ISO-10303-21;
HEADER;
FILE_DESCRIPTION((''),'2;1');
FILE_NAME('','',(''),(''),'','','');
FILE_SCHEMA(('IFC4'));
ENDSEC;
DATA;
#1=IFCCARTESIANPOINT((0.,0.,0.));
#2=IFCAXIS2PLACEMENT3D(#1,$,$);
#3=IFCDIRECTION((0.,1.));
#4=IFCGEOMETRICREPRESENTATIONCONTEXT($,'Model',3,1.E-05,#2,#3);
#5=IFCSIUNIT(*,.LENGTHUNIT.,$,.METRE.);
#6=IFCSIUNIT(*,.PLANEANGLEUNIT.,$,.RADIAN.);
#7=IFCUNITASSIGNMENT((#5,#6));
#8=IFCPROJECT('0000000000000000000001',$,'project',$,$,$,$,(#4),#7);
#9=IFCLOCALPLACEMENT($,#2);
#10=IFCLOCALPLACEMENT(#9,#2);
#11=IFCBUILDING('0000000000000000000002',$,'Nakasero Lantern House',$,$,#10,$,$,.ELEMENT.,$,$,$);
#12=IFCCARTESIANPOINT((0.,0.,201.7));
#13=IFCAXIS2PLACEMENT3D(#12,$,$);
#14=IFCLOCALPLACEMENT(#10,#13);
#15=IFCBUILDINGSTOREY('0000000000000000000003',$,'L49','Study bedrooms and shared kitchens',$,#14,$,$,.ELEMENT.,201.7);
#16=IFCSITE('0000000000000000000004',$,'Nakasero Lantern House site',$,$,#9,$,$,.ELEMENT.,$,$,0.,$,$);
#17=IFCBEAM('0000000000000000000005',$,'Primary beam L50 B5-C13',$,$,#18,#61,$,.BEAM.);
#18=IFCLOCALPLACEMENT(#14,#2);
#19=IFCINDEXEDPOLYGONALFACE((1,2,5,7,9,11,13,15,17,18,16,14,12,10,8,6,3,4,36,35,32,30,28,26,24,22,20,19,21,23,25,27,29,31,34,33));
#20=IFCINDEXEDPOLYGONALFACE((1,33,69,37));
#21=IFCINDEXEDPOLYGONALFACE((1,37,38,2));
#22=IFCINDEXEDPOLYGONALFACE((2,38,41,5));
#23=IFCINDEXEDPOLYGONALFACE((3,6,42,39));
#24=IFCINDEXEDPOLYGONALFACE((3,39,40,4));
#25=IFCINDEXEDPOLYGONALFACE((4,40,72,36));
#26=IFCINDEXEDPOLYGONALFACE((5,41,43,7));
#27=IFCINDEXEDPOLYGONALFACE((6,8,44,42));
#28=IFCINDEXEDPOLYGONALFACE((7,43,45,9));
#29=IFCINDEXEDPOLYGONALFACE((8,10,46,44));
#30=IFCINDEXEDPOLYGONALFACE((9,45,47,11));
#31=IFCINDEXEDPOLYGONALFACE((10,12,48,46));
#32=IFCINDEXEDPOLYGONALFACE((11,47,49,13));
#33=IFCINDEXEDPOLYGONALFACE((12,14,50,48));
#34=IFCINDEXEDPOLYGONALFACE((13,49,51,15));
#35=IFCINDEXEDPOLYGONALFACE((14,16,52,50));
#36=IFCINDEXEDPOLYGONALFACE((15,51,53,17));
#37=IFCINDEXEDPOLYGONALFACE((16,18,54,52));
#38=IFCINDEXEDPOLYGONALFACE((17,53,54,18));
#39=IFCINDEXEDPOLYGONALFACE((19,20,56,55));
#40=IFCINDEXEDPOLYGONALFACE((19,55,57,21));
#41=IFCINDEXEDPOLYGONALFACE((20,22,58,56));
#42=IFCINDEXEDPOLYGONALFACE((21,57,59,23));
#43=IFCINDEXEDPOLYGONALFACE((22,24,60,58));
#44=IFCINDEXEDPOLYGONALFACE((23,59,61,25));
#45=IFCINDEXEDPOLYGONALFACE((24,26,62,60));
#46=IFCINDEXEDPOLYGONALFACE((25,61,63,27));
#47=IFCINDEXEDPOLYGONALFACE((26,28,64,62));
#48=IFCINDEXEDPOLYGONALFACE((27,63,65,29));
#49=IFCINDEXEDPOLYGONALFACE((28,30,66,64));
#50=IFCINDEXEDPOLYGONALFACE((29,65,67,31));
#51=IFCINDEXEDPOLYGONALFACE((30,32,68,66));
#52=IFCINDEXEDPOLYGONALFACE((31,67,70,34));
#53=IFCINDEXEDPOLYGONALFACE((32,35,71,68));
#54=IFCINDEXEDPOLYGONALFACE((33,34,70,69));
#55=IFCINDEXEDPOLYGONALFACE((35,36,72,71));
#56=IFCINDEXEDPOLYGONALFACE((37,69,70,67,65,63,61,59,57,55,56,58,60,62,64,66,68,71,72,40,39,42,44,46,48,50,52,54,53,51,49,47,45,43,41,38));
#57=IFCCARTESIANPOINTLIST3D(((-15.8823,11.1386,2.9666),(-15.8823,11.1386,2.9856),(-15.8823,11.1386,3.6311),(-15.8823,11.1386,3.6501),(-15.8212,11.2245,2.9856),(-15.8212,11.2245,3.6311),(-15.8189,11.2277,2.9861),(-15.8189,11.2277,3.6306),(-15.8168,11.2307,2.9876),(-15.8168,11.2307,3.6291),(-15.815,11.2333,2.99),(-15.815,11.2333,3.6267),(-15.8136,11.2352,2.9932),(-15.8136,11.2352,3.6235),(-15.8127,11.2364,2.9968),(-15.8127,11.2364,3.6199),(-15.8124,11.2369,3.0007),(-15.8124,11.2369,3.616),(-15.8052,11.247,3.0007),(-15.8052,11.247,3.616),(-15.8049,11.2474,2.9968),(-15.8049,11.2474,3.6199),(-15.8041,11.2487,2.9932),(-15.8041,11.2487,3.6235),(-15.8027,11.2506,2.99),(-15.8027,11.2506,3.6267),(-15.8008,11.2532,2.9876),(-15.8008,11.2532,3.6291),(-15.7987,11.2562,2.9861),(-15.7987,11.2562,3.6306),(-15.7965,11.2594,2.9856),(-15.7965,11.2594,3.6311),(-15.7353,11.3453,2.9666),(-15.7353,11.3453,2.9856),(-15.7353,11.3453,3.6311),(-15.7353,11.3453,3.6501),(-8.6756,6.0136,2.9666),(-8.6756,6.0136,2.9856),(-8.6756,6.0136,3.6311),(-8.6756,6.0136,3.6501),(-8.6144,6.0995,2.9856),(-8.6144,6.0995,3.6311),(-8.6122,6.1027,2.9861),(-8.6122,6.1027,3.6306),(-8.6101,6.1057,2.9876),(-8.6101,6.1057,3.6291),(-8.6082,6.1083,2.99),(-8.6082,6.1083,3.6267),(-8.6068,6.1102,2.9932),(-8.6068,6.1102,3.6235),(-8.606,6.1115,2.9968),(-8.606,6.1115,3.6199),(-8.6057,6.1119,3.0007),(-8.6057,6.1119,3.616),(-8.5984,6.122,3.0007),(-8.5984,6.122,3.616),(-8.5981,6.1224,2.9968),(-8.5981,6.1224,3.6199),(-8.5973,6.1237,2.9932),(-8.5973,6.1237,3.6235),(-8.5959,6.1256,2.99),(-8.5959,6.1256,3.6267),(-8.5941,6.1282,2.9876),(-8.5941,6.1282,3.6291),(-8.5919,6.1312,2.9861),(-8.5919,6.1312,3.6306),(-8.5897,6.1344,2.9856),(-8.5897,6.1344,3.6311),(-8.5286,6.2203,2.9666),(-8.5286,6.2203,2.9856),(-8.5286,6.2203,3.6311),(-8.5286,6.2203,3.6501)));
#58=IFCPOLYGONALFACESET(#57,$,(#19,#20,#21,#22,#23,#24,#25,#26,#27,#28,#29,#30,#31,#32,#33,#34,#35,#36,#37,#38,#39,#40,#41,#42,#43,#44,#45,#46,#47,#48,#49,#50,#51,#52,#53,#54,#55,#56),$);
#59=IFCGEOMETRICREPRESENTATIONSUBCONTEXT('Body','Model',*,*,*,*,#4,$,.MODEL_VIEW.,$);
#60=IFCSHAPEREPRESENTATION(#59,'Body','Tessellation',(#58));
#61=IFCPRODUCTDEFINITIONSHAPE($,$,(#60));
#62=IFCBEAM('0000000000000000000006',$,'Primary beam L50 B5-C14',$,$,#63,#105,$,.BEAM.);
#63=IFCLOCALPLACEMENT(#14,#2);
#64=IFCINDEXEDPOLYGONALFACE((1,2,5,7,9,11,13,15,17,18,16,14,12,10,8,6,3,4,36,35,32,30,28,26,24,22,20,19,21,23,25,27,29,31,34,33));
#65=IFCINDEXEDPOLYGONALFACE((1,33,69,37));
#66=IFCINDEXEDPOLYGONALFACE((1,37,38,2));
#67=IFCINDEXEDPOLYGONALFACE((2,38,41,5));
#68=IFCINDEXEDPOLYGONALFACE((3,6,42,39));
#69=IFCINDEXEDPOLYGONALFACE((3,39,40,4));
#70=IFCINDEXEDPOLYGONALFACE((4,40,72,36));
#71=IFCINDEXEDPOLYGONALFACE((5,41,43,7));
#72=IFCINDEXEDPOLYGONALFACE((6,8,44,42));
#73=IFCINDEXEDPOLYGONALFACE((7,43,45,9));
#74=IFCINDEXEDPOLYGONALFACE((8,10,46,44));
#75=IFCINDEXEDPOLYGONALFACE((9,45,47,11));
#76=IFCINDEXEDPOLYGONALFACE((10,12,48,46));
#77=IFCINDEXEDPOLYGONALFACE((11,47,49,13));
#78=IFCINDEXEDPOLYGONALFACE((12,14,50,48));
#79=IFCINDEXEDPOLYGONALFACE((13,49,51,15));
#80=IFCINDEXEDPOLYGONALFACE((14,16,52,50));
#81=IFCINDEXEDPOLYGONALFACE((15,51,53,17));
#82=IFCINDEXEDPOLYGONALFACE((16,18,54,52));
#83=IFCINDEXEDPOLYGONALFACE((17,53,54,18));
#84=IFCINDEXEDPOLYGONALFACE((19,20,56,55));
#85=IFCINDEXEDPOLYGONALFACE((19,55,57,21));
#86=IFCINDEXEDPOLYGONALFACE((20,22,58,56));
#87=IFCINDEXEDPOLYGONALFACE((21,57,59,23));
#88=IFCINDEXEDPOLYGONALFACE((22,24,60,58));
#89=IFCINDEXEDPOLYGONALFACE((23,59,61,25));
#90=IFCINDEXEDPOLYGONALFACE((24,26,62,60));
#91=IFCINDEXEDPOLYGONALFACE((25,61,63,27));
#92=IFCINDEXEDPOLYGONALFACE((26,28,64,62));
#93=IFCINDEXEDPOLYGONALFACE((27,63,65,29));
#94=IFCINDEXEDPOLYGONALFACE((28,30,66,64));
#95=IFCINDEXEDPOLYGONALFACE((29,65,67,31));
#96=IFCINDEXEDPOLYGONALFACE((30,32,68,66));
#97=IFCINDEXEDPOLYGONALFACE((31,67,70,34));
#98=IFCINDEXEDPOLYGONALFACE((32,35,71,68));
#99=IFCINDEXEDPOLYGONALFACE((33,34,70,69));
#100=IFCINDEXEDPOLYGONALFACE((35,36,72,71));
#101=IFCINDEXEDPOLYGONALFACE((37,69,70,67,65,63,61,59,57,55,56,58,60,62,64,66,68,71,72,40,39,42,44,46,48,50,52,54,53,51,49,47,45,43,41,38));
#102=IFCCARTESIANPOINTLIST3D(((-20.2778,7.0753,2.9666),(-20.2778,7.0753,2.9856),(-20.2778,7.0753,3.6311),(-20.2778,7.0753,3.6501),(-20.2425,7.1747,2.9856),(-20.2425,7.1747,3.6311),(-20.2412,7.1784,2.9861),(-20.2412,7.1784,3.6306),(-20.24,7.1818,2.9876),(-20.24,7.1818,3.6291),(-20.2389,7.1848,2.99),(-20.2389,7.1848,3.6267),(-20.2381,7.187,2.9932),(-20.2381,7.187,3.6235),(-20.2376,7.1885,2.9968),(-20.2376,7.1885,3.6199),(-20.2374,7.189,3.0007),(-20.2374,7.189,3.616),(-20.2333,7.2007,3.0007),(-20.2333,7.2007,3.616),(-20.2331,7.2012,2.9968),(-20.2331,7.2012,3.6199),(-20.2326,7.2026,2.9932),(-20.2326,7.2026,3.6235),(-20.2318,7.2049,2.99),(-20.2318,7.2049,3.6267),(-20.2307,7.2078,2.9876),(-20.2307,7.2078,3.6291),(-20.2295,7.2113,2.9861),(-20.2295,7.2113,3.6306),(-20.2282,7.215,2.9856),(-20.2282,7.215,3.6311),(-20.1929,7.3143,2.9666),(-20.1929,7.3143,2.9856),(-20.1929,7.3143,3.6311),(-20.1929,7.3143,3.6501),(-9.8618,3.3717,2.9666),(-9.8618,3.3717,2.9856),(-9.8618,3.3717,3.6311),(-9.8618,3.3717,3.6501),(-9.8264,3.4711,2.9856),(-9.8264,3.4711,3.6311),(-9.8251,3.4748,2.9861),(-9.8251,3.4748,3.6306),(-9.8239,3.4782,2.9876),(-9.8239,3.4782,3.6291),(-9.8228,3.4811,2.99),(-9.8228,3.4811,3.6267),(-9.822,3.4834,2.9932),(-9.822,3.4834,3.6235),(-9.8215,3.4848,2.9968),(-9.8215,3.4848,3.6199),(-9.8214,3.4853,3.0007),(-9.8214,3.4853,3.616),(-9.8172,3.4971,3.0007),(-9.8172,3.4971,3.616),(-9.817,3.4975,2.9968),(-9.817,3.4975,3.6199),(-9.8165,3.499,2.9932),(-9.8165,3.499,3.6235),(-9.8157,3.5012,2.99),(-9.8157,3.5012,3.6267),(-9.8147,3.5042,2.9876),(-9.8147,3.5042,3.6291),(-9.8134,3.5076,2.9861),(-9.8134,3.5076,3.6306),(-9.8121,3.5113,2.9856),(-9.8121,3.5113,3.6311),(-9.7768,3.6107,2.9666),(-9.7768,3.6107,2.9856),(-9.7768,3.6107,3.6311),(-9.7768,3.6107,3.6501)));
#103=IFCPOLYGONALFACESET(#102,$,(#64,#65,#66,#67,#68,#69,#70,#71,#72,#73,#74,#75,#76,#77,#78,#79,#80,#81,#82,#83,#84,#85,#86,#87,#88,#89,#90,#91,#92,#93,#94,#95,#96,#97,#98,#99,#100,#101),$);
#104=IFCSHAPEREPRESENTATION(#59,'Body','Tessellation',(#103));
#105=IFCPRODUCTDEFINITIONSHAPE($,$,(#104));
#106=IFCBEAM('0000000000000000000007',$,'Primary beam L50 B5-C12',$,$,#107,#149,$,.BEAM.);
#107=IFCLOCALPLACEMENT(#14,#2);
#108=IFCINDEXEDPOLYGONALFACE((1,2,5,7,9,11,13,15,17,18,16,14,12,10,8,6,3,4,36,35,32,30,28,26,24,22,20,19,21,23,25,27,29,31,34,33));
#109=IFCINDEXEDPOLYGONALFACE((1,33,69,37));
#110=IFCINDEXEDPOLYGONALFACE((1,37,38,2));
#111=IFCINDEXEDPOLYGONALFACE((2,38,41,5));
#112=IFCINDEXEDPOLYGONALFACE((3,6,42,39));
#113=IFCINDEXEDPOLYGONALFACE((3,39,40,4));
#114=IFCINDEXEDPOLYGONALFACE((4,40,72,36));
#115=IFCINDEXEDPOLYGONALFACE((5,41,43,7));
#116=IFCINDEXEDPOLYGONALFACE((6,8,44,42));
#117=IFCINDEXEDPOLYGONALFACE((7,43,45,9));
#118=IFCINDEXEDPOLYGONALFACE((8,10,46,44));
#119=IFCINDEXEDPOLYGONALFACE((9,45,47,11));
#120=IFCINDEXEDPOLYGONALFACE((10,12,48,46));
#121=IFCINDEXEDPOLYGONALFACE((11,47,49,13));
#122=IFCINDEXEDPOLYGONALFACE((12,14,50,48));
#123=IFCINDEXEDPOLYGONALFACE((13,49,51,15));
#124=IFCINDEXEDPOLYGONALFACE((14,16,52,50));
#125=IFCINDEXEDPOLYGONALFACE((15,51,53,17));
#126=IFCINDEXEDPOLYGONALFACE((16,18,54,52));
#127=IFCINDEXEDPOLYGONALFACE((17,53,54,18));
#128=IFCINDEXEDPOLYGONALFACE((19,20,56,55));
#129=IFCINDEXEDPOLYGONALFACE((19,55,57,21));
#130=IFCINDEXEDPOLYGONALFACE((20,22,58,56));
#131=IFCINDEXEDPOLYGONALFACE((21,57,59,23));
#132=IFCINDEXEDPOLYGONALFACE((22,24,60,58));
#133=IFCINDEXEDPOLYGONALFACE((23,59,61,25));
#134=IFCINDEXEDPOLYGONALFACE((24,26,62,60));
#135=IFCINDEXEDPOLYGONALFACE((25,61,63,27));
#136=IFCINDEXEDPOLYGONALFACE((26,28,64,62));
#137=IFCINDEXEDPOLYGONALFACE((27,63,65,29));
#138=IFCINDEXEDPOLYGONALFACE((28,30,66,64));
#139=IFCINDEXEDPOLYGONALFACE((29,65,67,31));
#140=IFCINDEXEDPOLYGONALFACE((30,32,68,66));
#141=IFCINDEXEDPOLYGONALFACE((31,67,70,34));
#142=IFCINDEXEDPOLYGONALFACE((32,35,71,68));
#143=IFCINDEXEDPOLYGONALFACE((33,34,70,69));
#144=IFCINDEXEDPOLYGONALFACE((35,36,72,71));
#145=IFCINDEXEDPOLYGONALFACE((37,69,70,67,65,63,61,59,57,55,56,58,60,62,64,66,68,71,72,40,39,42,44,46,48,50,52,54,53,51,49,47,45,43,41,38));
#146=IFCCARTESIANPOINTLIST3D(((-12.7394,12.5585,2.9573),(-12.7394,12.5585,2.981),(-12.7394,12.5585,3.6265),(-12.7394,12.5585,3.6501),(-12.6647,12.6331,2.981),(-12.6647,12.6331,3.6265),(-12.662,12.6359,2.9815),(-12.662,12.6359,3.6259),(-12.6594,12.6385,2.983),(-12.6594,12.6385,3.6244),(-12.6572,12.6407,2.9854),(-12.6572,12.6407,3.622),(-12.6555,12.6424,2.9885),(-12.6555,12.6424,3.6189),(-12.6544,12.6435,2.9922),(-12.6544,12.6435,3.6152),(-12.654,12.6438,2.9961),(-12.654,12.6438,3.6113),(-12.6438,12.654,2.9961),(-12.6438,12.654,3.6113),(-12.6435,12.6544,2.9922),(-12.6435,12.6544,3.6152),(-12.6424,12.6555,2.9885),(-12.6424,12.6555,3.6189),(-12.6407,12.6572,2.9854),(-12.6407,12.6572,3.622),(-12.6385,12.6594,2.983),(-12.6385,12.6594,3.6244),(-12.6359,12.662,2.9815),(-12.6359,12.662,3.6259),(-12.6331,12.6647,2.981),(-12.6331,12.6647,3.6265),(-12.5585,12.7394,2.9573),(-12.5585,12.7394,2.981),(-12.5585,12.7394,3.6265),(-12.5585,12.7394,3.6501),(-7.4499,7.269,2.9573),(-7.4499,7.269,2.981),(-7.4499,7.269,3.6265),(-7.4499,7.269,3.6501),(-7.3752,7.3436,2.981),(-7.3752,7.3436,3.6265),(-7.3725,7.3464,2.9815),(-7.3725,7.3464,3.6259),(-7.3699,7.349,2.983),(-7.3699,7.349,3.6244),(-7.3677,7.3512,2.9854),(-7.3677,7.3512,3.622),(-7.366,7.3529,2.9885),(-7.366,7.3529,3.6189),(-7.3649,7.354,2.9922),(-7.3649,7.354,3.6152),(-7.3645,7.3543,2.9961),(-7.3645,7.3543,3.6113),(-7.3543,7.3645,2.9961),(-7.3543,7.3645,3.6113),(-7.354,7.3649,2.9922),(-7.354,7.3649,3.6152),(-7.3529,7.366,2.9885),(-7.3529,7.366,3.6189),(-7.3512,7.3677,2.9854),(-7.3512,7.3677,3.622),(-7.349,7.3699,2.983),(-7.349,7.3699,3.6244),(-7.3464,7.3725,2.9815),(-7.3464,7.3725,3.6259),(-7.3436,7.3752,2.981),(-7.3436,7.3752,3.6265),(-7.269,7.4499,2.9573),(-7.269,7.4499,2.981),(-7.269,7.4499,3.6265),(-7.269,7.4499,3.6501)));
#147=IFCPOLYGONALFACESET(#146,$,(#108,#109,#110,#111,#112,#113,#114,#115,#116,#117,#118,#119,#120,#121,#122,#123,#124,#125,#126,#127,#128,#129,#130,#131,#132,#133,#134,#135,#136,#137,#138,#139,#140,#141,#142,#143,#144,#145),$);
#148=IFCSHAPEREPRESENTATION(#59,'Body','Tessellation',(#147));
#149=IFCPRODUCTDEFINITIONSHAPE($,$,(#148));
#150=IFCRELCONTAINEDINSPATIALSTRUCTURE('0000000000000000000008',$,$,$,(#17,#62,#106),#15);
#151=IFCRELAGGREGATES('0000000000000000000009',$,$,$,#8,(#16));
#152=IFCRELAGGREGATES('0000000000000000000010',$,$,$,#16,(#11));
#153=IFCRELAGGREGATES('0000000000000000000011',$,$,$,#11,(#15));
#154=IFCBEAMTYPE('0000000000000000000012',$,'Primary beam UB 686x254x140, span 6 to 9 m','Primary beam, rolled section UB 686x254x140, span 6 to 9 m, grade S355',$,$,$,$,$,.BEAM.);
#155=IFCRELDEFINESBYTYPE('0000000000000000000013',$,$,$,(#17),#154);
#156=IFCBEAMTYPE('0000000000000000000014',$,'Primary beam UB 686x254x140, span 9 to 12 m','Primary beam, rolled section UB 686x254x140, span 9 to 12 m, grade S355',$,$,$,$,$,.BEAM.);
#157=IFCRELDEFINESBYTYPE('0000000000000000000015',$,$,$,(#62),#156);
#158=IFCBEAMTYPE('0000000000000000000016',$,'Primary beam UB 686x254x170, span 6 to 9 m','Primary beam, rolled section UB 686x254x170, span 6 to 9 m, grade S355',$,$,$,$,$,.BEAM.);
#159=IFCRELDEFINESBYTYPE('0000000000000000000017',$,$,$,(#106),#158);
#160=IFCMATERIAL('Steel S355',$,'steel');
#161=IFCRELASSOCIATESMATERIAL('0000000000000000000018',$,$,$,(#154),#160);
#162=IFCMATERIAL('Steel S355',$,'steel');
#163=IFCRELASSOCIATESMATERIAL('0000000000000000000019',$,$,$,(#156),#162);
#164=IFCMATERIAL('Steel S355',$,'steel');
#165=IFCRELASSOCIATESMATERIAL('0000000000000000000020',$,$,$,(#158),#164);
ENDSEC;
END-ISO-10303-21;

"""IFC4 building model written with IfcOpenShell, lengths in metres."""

from ifc_helpers import new_model, si_unit, direction, frame, origin, origin_2d, place, context, subcontext, project, spatial, i_section, extrude, material, material_profile, profile_set, type_object, element, save


model = new_model("IFC4")

# Units and contexts
model_context = context("Model", 3, precision=1e-05, world=origin(), true_north=direction((0.0, 1.0)))
body_context = subcontext(model_context, "Body", "Model", "MODEL_VIEW")
ifc_project = project(units=[si_unit("LENGTHUNIT", "METRE"), si_unit("PLANEANGLEUNIT", "RADIAN")], contexts=[model_context])

# Site, building, storey
site_placement = place(None, origin())
site = spatial("IfcSite", under=ifc_project, at=site_placement, Name="Nakasero Lantern House site", CompositionType="ELEMENT", RefElevation=0.0)
building_placement = place(site_placement, origin())
building = spatial("IfcBuilding", under=site, at=building_placement, Name="Nakasero Lantern House", CompositionType="ELEMENT")
storey_placement = place(building_placement, frame((0.0, 0.0, 201.7)))
storey = spatial("IfcBuildingStorey", under=building, at=storey_placement, Name="L49", Description="Study bedrooms and shared kitchens", CompositionType="ELEMENT", Elevation=201.7)

# Beams
ifc_material_1 = material(Name="Steel S355", Category="steel")
ifc_material_profile_1 = material_profile(ifc_material_1, i_section(OverallWidth=0.2537, OverallDepth=0.6836, WebThickness=0.0125, FlangeThickness=0.019, FilletRadius=0.0151, at=origin_2d()), Name="UB 686x254x140")
ifc_profile_set_1 = profile_set([ifc_material_profile_1], Name="Steel S355")
beam_type_1 = type_object("IfcBeamType", Name="Primary beam UB 686x254x140, span 6 to 9 m", Description="Primary beam, rolled section UB 686x254x140, span 6 to 9 m, grade S355", PredefinedType="BEAM", material=ifc_profile_set_1)
beam_1_placement = place(storey_placement, frame((-15.8088, 11.2419, 3.3083), z_axis=(0.814946, -0.579537, 0.0), x_axis=(0.579537, 0.814946, 0.0)))
element("IfcBeam", 1, at=beam_1_placement, inside=storey, type_object=beam_type_1, Name="Primary beam L50 B5-C13", PredefinedType="BEAM", context=body_context, shape_type="SweptSolid", body=[
    extrude(i_section(OverallWidth=0.2537, OverallDepth=0.6836, WebThickness=0.0125, FlangeThickness=0.019, FilletRadius=0.0151, at=origin_2d()), origin(), (0.0, 0.0, 1.0), 8.8433),
])
ifc_material_2 = material(Name="Steel S355", Category="steel")
ifc_material_profile_2 = material_profile(ifc_material_2, i_section(OverallWidth=0.2537, OverallDepth=0.6836, WebThickness=0.0125, FlangeThickness=0.019, FilletRadius=0.0151, at=origin_2d()), Name="UB 686x254x140")
ifc_profile_set_2 = profile_set([ifc_material_profile_2], Name="Steel S355")
beam_type_2 = type_object("IfcBeamType", Name="Primary beam UB 686x254x140, span 9 to 12 m", Description="Primary beam, rolled section UB 686x254x140, span 9 to 12 m, grade S355", PredefinedType="BEAM", material=ifc_profile_set_2)
beam_2_placement = place(storey_placement, frame((-20.2354, 7.1948, 3.3083), z_axis=(0.942211, -0.335021, 0.0), x_axis=(0.335021, 0.942211, 0.0)))
element("IfcBeam", 2, at=beam_2_placement, inside=storey, type_object=beam_type_2, Name="Primary beam L50 B5-C14", PredefinedType="BEAM", context=body_context, shape_type="SweptSolid", body=[
    extrude(i_section(OverallWidth=0.2537, OverallDepth=0.6836, WebThickness=0.0125, FlangeThickness=0.019, FilletRadius=0.0151, at=origin_2d()), origin(), (0.0, 0.0, 1.0), 11.0549),
])
ifc_material_3 = material(Name="Steel S355", Category="steel")
ifc_material_profile_3 = material_profile(ifc_material_3, i_section(OverallWidth=0.2559, OverallDepth=0.6929, WebThickness=0.0144, FlangeThickness=0.0237, FilletRadius=0.0151, at=origin_2d()), Name="UB 686x254x170")
ifc_profile_set_3 = profile_set([ifc_material_profile_3], Name="Steel S355")
beam_type_3 = type_object("IfcBeamType", Name="Primary beam UB 686x254x170, span 6 to 9 m", Description="Primary beam, rolled section UB 686x254x170, span 6 to 9 m, grade S355", PredefinedType="BEAM", material=ifc_profile_set_3)
beam_3_placement = place(storey_placement, frame((-12.6489, 12.6489, 3.3037), z_axis=(0.707107, -0.707107, 0.0), x_axis=(0.707107, 0.707107, 0.0)))
element("IfcBeam", 3, at=beam_3_placement, inside=storey, type_object=beam_type_3, Name="Primary beam L50 B5-C12", PredefinedType="BEAM", context=body_context, shape_type="SweptSolid", body=[
    extrude(i_section(OverallWidth=0.2559, OverallDepth=0.6929, WebThickness=0.0144, FlangeThickness=0.0237, FilletRadius=0.0151, at=origin_2d()), origin(), (0.0, 0.0, 1.0), 7.4805),
])

save(model, "model.ifc")
